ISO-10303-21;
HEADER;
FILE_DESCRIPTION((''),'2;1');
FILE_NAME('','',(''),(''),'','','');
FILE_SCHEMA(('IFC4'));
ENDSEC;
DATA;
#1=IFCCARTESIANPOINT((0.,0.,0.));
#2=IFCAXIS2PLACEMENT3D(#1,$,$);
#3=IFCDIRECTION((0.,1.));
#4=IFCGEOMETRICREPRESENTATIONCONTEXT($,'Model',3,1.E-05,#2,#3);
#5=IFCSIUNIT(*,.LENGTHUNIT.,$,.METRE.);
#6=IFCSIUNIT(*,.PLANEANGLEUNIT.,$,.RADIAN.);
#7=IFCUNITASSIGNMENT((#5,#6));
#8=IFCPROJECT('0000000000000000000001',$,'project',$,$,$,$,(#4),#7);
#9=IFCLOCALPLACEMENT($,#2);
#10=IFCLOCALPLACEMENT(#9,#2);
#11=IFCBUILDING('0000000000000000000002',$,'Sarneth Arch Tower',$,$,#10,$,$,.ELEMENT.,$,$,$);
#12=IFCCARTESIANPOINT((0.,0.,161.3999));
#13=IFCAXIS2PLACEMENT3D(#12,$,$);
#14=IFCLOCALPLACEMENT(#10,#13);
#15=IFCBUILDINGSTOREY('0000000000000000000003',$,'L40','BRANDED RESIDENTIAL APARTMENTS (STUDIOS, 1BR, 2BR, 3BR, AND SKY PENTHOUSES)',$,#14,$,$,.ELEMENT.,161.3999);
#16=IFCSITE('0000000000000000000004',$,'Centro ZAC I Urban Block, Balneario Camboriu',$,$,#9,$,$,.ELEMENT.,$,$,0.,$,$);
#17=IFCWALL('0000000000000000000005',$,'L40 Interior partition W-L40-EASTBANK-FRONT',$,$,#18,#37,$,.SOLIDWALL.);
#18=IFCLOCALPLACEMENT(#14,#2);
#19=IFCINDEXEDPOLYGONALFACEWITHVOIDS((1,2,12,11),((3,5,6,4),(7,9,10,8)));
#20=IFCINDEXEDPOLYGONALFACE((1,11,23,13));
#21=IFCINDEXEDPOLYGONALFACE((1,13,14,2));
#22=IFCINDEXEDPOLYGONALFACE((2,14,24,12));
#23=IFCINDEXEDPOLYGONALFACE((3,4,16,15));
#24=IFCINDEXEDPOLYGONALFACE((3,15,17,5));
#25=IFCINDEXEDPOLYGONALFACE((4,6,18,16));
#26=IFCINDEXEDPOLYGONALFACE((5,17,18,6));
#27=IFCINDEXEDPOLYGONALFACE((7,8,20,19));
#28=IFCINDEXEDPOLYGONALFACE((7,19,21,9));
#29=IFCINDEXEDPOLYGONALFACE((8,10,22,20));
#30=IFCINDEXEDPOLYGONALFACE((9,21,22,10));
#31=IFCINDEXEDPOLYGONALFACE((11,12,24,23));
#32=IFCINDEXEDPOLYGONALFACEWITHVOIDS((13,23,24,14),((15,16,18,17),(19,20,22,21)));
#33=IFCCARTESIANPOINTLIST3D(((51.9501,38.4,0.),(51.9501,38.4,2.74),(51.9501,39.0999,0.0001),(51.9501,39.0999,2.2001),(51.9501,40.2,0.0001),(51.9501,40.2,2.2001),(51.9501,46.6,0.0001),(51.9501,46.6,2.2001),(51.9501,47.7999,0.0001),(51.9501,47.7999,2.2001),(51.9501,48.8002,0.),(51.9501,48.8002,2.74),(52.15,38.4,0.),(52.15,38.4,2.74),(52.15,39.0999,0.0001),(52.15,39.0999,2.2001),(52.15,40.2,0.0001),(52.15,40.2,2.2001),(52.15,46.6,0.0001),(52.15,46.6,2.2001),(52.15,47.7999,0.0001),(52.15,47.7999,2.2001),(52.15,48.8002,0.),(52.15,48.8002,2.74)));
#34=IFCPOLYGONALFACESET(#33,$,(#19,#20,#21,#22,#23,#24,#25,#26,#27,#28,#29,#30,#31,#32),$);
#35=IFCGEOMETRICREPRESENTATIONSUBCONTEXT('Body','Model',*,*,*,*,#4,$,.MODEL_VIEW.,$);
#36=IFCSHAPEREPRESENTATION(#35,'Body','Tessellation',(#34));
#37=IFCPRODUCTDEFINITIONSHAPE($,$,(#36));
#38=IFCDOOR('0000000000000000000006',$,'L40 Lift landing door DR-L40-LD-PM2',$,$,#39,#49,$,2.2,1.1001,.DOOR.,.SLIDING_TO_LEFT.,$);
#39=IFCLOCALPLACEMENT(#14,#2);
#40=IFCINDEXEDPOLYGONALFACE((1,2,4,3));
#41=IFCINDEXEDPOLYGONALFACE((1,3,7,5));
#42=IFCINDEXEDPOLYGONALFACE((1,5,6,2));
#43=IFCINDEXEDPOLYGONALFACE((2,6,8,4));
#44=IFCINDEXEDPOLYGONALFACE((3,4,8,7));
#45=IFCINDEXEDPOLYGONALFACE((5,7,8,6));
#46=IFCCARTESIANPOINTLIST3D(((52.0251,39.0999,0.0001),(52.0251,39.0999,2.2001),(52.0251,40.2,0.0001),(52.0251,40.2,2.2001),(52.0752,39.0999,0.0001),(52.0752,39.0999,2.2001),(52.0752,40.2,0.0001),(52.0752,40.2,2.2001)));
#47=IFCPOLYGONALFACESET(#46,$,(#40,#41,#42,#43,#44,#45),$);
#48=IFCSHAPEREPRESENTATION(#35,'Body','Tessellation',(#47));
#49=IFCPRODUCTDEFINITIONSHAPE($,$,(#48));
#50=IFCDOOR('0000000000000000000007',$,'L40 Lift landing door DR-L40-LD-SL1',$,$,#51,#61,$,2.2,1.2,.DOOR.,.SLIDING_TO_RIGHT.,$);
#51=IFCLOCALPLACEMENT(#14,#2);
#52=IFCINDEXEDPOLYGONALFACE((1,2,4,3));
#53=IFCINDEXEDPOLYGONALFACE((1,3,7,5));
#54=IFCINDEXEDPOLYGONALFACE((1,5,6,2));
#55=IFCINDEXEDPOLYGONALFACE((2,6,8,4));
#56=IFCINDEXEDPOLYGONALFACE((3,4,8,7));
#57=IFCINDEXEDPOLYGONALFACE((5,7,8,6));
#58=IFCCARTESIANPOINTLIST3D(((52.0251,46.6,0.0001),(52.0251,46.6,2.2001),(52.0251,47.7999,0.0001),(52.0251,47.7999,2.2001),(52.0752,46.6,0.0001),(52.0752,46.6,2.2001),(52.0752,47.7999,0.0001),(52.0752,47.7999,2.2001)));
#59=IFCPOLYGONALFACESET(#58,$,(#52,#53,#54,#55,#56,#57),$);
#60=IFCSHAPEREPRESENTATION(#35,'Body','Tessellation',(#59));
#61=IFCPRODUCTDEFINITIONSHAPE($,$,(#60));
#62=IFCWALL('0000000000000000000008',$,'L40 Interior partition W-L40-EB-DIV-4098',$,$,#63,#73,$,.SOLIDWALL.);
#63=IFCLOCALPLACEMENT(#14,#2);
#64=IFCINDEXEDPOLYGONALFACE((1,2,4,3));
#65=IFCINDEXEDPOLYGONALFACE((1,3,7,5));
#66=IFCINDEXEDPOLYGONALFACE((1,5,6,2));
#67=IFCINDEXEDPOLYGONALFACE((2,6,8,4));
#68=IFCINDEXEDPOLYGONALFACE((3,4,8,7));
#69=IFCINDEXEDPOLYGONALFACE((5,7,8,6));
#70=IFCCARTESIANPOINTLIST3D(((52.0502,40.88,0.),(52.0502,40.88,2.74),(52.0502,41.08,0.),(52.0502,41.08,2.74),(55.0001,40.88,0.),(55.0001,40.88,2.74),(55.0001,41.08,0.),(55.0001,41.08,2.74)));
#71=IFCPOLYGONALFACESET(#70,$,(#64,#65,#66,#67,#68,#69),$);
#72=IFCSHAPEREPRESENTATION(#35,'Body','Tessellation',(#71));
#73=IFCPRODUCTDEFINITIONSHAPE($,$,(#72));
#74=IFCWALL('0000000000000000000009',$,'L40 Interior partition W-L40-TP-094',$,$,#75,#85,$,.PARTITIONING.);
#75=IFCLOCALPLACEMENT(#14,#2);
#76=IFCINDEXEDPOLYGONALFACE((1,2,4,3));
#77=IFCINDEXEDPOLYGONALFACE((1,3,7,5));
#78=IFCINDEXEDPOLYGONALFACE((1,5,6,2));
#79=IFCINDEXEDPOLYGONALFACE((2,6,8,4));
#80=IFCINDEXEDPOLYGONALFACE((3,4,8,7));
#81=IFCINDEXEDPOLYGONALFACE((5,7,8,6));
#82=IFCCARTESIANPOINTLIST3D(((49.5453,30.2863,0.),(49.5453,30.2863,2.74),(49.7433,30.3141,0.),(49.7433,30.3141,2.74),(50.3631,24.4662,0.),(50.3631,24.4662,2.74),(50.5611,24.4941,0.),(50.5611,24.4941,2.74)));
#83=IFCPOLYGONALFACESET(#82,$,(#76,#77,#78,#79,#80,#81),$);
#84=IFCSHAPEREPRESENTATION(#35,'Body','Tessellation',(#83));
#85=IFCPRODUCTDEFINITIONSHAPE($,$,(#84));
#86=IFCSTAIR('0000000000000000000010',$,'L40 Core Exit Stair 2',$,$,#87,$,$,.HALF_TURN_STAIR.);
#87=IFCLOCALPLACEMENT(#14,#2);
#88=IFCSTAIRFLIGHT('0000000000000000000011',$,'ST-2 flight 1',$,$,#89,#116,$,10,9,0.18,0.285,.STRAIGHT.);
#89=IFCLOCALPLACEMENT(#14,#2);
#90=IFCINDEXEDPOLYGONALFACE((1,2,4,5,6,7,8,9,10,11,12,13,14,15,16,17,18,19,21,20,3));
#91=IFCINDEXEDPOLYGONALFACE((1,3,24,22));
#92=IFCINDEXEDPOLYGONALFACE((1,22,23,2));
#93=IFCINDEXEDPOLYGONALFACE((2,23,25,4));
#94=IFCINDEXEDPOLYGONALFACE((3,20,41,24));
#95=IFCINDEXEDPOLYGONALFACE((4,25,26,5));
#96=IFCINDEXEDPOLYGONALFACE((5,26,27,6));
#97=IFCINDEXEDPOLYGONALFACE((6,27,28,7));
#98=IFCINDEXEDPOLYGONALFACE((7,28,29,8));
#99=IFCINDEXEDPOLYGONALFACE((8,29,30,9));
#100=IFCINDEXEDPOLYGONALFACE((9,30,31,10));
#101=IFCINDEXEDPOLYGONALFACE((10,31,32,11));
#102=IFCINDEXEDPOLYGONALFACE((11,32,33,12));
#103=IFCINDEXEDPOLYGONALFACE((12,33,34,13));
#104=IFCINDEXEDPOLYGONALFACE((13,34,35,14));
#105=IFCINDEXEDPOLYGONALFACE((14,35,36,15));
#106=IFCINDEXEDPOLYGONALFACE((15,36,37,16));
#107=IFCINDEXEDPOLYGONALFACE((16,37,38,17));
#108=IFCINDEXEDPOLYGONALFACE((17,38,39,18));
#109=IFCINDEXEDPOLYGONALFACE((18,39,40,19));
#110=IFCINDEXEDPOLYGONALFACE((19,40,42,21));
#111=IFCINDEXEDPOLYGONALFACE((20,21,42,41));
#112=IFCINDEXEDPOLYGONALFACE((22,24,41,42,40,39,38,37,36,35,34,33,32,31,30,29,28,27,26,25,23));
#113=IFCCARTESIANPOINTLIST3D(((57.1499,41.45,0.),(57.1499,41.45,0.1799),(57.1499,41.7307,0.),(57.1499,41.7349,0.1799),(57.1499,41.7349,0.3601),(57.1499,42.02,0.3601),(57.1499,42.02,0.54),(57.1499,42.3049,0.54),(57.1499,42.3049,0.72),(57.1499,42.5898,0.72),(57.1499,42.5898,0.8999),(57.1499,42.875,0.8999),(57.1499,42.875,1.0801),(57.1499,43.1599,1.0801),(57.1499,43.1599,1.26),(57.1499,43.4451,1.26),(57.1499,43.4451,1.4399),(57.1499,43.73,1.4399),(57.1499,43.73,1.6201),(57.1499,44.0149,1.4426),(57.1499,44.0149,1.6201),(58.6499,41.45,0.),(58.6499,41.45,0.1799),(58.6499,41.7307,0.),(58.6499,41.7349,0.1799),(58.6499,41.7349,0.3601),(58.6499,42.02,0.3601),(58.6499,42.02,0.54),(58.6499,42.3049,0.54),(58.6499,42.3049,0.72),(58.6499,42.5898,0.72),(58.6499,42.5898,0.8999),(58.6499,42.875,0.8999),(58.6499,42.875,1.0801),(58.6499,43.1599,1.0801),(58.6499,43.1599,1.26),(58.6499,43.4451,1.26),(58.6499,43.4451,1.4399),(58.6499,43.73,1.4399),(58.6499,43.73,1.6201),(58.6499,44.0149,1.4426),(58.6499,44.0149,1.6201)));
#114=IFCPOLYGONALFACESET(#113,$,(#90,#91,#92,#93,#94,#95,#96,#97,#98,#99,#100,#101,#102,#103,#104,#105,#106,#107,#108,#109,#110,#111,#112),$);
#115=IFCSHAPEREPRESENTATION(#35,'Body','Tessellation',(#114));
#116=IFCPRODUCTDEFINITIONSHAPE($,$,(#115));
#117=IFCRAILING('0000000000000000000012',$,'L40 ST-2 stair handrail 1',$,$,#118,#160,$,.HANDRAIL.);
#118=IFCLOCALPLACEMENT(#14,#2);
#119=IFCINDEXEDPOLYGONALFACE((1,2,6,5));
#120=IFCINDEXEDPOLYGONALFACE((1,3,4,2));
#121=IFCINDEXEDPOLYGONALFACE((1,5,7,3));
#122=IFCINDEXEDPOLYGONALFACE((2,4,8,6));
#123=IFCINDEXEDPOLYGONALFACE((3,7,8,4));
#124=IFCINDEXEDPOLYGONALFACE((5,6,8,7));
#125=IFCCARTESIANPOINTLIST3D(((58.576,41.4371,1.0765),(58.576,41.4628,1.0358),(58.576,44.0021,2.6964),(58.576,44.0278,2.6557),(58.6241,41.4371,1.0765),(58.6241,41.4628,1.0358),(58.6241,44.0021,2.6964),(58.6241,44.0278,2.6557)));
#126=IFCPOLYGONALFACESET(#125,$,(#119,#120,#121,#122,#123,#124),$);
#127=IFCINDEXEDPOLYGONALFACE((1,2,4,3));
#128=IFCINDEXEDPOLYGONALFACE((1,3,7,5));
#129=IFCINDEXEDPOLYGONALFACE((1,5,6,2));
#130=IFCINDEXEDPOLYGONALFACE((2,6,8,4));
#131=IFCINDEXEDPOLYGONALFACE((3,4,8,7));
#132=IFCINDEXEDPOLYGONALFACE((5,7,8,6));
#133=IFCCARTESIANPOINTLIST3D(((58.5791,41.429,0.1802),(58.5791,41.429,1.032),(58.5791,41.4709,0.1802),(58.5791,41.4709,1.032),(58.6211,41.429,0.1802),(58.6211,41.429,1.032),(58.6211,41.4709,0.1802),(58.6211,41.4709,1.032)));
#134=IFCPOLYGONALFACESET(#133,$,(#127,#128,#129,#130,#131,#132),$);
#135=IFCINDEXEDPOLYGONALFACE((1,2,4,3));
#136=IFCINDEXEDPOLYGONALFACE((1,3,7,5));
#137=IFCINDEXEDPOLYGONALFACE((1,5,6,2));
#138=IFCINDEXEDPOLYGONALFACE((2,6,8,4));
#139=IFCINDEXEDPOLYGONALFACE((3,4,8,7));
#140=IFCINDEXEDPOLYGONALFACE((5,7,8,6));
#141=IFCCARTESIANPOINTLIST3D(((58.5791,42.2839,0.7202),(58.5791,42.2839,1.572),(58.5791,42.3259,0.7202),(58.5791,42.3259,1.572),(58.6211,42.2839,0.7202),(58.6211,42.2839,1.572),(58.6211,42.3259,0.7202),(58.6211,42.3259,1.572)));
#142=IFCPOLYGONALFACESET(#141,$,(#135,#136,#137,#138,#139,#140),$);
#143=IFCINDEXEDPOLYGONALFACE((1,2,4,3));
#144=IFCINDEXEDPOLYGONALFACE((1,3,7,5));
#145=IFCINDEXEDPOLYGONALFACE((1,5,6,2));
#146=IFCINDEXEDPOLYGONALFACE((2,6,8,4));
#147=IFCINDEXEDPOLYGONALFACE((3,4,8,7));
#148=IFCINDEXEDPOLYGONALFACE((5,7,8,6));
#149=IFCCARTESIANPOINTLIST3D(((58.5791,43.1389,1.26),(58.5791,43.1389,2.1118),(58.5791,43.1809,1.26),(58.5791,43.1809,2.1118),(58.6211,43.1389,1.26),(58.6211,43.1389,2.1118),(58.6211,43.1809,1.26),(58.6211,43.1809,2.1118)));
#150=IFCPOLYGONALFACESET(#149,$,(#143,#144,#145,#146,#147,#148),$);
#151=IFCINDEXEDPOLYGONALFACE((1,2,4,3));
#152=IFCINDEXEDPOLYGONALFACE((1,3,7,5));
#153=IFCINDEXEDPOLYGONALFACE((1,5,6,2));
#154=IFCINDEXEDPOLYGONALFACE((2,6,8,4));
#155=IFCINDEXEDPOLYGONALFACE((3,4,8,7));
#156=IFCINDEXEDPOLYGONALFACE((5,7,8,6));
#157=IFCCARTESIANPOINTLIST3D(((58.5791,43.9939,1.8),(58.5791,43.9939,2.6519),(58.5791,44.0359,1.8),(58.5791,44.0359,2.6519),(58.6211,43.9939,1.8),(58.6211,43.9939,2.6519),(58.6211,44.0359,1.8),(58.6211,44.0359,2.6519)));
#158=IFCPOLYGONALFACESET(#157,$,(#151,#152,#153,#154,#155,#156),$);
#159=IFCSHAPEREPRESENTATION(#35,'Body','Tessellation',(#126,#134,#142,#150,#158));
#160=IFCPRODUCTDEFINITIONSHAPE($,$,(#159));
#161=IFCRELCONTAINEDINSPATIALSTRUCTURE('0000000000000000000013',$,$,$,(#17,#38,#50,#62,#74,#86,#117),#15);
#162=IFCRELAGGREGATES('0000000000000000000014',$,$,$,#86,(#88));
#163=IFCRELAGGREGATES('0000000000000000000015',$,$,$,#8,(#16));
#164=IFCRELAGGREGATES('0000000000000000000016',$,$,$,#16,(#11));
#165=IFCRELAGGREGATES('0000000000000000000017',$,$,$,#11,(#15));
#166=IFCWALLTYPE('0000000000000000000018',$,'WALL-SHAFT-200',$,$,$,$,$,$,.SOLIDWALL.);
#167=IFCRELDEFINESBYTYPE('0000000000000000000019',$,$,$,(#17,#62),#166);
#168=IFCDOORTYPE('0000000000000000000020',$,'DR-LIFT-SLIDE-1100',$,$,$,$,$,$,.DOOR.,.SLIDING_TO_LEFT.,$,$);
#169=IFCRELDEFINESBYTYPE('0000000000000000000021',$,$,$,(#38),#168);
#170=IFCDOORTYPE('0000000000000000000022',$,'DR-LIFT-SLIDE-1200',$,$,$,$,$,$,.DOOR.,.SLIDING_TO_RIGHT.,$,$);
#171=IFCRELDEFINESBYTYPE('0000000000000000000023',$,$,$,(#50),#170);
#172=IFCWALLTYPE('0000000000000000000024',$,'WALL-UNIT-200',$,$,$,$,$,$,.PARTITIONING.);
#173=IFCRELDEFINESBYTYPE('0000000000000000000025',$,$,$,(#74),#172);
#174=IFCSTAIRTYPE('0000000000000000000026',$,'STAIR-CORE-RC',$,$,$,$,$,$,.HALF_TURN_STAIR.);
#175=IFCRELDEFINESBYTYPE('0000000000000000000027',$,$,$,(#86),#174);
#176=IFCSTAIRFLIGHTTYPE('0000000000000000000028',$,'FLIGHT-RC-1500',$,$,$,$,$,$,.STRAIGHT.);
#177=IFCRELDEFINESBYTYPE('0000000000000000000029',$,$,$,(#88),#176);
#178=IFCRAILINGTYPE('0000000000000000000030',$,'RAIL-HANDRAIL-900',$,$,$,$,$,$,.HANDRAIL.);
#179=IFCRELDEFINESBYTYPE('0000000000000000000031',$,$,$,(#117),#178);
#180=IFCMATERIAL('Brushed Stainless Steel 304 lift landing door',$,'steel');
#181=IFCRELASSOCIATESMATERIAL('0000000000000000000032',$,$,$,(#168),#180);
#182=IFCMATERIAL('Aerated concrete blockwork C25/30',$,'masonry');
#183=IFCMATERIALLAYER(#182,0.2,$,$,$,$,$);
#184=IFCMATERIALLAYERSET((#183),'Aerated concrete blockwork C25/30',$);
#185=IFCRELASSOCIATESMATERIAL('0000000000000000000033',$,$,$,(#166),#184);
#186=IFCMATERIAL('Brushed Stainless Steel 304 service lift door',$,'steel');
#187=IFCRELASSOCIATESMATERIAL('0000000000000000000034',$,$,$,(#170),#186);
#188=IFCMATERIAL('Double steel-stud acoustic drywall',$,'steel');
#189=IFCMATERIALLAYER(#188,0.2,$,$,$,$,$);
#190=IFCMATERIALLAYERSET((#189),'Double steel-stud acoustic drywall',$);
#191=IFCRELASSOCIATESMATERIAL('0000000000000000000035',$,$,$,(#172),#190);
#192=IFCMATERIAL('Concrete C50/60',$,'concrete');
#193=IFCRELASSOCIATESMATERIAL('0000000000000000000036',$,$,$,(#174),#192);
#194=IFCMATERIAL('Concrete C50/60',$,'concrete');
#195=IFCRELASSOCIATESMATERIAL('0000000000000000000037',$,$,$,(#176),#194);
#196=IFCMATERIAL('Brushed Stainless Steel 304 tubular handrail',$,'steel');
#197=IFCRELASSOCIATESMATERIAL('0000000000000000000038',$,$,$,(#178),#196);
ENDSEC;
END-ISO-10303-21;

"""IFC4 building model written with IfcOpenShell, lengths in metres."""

from ifc_helpers import new_model, si_unit, direction, frame, frame_2d, origin, origin_2d, place, context, subcontext, project, spatial, polyline, rectangle, outline, extrude, material, layer, layer_set, type_object, element, fill, aggregate, save


model = new_model("IFC4")

# Units and contexts
model_context = context("Model", 3, precision=1e-05, world=origin(), true_north=direction((0.0, 1.0)))
body_context = subcontext(model_context, "Body", "Model", "MODEL_VIEW")
ifc_project = project(units=[si_unit("LENGTHUNIT", "METRE"), si_unit("PLANEANGLEUNIT", "RADIAN")], contexts=[model_context])

# Site, building, storey
site_placement = place(None, origin())
site = spatial("IfcSite", under=ifc_project, at=site_placement, Name="Centro ZAC I Urban Block, Balneario Camboriu", CompositionType="ELEMENT", RefElevation=0.0)
building_placement = place(site_placement, origin())
building = spatial("IfcBuilding", under=site, at=building_placement, Name="Sarneth Arch Tower", CompositionType="ELEMENT")
storey_placement = place(building_placement, frame((0.0, 0.0, 161.3999)))
storey = spatial("IfcBuildingStorey", under=building, at=storey_placement, Name="L40", Description="BRANDED RESIDENTIAL APARTMENTS (STUDIOS, 1BR, 2BR, 3BR, AND SKY PENTHOUSES)", CompositionType="ELEMENT", Elevation=161.3999)

# Shared definitions
ifc_material_1 = material(Name="Brushed Stainless Steel 304 lift landing door", Category="steel")
door_type_1 = type_object("IfcDoorType", Name="DR-LIFT-SLIDE-1100", OperationType="SLIDING_TO_LEFT", PredefinedType="DOOR", material=ifc_material_1)

# Shared definitions
ifc_material_2 = material(Name="Aerated concrete blockwork C25/30", Category="masonry")
ifc_layer_1 = layer(ifc_material_2, 0.2)
ifc_layer_set_1 = layer_set([ifc_layer_1], Name="Aerated concrete blockwork C25/30")
wall_type_1 = type_object("IfcWallType", Name="WALL-SHAFT-200", PredefinedType="SOLIDWALL", material=ifc_layer_set_1)

# Wall, openings, doors
wall_1_placement = place(storey_placement, frame((52.05, 38.3999, 0.0), z_axis=(0.0, 0.0, 1.0), x_axis=(0.0, 1.0, 0.0)))
wall_1 = element("IfcWall", 1, at=wall_1_placement, inside=storey, type_object=wall_type_1, Name="L40 Interior partition W-L40-EASTBANK-FRONT", PredefinedType="SOLIDWALL", context=body_context, shape_type="SweptSolid", body=[
    extrude(rectangle(XDim=10.4001, YDim=0.2, at=frame_2d((5.2002, 0.0))), origin(), (0.0, 0.0, 1.0), 2.74),
])
opening_1_placement = place(wall_1_placement, frame((0.7, 0.0, 0.0)))
opening_1 = element("IfcOpeningElement", 2, at=opening_1_placement, cuts=wall_1, PredefinedType="OPENING", context=body_context, shape_type="SweptSolid", body=[
    extrude(rectangle(XDim=1.1001, YDim=2.2, at=frame_2d((0.55, 1.1001))), frame((0.0, 0.1099, 0.0), z_axis=(0.0, -1.0, 0.0), x_axis=(1.0, 0.0, 0.0)), (0.0, 0.0, 1.0), 0.22),
])
opening_2_placement = place(wall_1_placement, frame((8.2, 0.0, 0.0)))
opening_2 = element("IfcOpeningElement", 3, at=opening_2_placement, cuts=wall_1, PredefinedType="OPENING", context=body_context, shape_type="SweptSolid", body=[
    extrude(rectangle(XDim=1.2, YDim=2.2, at=frame_2d((0.6001, 1.1001))), frame((0.0, 0.1099, 0.0), z_axis=(0.0, -1.0, 0.0), x_axis=(1.0, 0.0, 0.0)), (0.0, 0.0, 1.0), 0.22),
])
door_1_placement = place(opening_1_placement, origin())
door_1 = element("IfcDoor", 4, at=door_1_placement, inside=storey, type_object=door_type_1, Name="L40 Lift landing door DR-L40-LD-PM2", OperationType="SLIDING_TO_LEFT", OverallHeight=2.2, OverallWidth=1.1001, PredefinedType="DOOR", context=body_context, shape_type="SweptSolid", body=[
    extrude(rectangle(XDim=1.1001, YDim=2.2, at=frame_2d((0.55, 1.1001))), frame((0.0, 0.0249, 0.0), z_axis=(0.0, -1.0, 0.0), x_axis=(1.0, 0.0, 0.0)), (0.0, 0.0, 1.0), 0.05),
])
fill(opening_1, door_1)
ifc_material_3 = material(Name="Brushed Stainless Steel 304 service lift door", Category="steel")
door_type_2 = type_object("IfcDoorType", Name="DR-LIFT-SLIDE-1200", OperationType="SLIDING_TO_RIGHT", PredefinedType="DOOR", material=ifc_material_3)
door_2_placement = place(opening_2_placement, origin())
door_2 = element("IfcDoor", 5, at=door_2_placement, inside=storey, type_object=door_type_2, Name="L40 Lift landing door DR-L40-LD-SL1", OperationType="SLIDING_TO_RIGHT", OverallHeight=2.2, OverallWidth=1.2, PredefinedType="DOOR", context=body_context, shape_type="SweptSolid", body=[
    extrude(rectangle(XDim=1.2, YDim=2.2, at=frame_2d((0.6001, 1.1001))), frame((0.0, 0.0249, 0.0), z_axis=(0.0, -1.0, 0.0), x_axis=(1.0, 0.0, 0.0)), (0.0, 0.0, 1.0), 0.05),
])
fill(opening_2, door_2)

# Walls
wall_2_placement = place(storey_placement, frame((52.05, 40.98, 0.0), z_axis=(0.0, 0.0, 1.0), x_axis=(1.0, 0.0, 0.0)))
element("IfcWall", 6, at=wall_2_placement, inside=storey, type_object=wall_type_1, Name="L40 Interior partition W-L40-EB-DIV-4098", PredefinedType="SOLIDWALL", context=body_context, shape_type="SweptSolid", body=[
    extrude(rectangle(XDim=2.95, YDim=0.2, at=frame_2d((1.4751, 0.0))), origin(), (0.0, 0.0, 1.0), 2.74),
])
ifc_material_4 = material(Name="Double steel-stud acoustic drywall", Category="steel")
ifc_layer_2 = layer(ifc_material_4, 0.2)
ifc_layer_set_2 = layer_set([ifc_layer_2], Name="Double steel-stud acoustic drywall")
wall_type_2 = type_object("IfcWallType", Name="WALL-UNIT-200", PredefinedType="PARTITIONING", material=ifc_layer_set_2)
wall_3_placement = place(storey_placement, frame((49.6443, 30.3, 0.0), z_axis=(0.0, 0.0, 1.0), x_axis=(0.139159, -0.99027, 0.0)))
element("IfcWall", 7, at=wall_3_placement, inside=storey, type_object=wall_type_2, Name="L40 Interior partition W-L40-TP-094", PredefinedType="PARTITIONING", context=body_context, shape_type="SweptSolid", body=[
    extrude(rectangle(XDim=5.8772, YDim=0.2, at=frame_2d((2.9385, 0.0))), origin(), (0.0, 0.0, 1.0), 2.74),
])

# Stair, stair flight
ifc_material_5 = material(Name="Concrete C50/60", Category="concrete")
stair_type = type_object("IfcStairType", Name="STAIR-CORE-RC", PredefinedType="HALF_TURN_STAIR", material=ifc_material_5)
stair_placement = place(storey_placement, origin())
stair = element("IfcStair", 8, at=stair_placement, inside=storey, type_object=stair_type, Name="L40 Core Exit Stair 2", PredefinedType="HALF_TURN_STAIR")
ifc_material_6 = material(Name="Concrete C50/60", Category="concrete")
stair_flight_type = type_object("IfcStairFlightType", Name="FLIGHT-RC-1500", PredefinedType="STRAIGHT", material=ifc_material_6)
stair_flight_placement = place(storey_placement, frame((57.8999, 41.45, 0.0), z_axis=(0.0, 0.0, 1.0), x_axis=(0.0, 1.0, 0.0)))
stair_flight = element("IfcStairFlight", 9, at=stair_flight_placement, type_object=stair_flight_type, Name="ST-2 flight 1", NumberOfRisers=10, NumberOfTreads=9, PredefinedType="STRAIGHT", RiserHeight=0.18, TreadLength=0.285, context=body_context, shape_type="SweptSolid", body=[
    extrude(outline(polyline([(0.0, 0.0), (0.0, 0.1799), (0.2849, 0.1799), (0.2849, 0.3601), (0.5701, 0.3601), (0.5701, 0.54), (0.855, 0.54), (0.855, 0.72), (1.1399, 0.72), (1.1399, 0.8999), (1.425, 0.8999), (1.425, 1.0801), (1.71, 1.0801), (1.71, 1.26), (1.9951, 1.26), (1.9951, 1.4399), (2.28, 1.4399), (2.28, 1.6201), (2.5649, 1.6201), (2.5649, 1.8), (2.5649, 1.4426), (0.2808, 0.0), (0.0, 0.0)])), frame((0.0, 0.75, 0.0), z_axis=(0.0, -1.0, 0.0), x_axis=(1.0, 0.0, 0.0)), (0.0, 0.0, 1.0), 1.5),
])
aggregate(stair, [stair_flight])

# Railing
ifc_material_7 = material(Name="Brushed Stainless Steel 304 tubular handrail", Category="steel")
railing_type_1 = type_object("IfcRailingType", Name="RAIL-HANDRAIL-900", PredefinedType="HANDRAIL", material=ifc_material_7)
railing_1_placement = place(storey_placement, frame((58.6001, 41.45, 0.1802)))
element("IfcRailing", 10, at=railing_1_placement, inside=storey, type_object=railing_type_1, Name="L40 ST-2 stair handrail 1", PredefinedType="HANDRAIL", context=body_context, shape_type="SweptSolid", body=[
    extrude(rectangle(XDim=0.0481, YDim=0.0481, at=origin_2d()), frame((0.0, 0.0, 0.876), z_axis=(0.0, 0.845502, 0.533972), x_axis=(-1.0, 0.0, 0.0)), (0.0, 0.0, 1.0), 3.0337),
    extrude(rectangle(XDim=0.042, YDim=0.042, at=origin_2d()), origin(), (0.0, 0.0, 1.0), 0.8518),
    extrude(rectangle(XDim=0.042, YDim=0.042, at=origin_2d()), frame((0.0, 0.855, 0.54)), (0.0, 0.0, 1.0), 0.8518),
    extrude(rectangle(XDim=0.042, YDim=0.042, at=origin_2d()), frame((0.0, 1.71, 1.0798)), (0.0, 0.0, 1.0), 0.8518),
    extrude(rectangle(XDim=0.042, YDim=0.042, at=origin_2d()), frame((0.0, 2.5649, 1.6199)), (0.0, 0.0, 1.0), 0.8518),
])

save(model, "model.ifc")
